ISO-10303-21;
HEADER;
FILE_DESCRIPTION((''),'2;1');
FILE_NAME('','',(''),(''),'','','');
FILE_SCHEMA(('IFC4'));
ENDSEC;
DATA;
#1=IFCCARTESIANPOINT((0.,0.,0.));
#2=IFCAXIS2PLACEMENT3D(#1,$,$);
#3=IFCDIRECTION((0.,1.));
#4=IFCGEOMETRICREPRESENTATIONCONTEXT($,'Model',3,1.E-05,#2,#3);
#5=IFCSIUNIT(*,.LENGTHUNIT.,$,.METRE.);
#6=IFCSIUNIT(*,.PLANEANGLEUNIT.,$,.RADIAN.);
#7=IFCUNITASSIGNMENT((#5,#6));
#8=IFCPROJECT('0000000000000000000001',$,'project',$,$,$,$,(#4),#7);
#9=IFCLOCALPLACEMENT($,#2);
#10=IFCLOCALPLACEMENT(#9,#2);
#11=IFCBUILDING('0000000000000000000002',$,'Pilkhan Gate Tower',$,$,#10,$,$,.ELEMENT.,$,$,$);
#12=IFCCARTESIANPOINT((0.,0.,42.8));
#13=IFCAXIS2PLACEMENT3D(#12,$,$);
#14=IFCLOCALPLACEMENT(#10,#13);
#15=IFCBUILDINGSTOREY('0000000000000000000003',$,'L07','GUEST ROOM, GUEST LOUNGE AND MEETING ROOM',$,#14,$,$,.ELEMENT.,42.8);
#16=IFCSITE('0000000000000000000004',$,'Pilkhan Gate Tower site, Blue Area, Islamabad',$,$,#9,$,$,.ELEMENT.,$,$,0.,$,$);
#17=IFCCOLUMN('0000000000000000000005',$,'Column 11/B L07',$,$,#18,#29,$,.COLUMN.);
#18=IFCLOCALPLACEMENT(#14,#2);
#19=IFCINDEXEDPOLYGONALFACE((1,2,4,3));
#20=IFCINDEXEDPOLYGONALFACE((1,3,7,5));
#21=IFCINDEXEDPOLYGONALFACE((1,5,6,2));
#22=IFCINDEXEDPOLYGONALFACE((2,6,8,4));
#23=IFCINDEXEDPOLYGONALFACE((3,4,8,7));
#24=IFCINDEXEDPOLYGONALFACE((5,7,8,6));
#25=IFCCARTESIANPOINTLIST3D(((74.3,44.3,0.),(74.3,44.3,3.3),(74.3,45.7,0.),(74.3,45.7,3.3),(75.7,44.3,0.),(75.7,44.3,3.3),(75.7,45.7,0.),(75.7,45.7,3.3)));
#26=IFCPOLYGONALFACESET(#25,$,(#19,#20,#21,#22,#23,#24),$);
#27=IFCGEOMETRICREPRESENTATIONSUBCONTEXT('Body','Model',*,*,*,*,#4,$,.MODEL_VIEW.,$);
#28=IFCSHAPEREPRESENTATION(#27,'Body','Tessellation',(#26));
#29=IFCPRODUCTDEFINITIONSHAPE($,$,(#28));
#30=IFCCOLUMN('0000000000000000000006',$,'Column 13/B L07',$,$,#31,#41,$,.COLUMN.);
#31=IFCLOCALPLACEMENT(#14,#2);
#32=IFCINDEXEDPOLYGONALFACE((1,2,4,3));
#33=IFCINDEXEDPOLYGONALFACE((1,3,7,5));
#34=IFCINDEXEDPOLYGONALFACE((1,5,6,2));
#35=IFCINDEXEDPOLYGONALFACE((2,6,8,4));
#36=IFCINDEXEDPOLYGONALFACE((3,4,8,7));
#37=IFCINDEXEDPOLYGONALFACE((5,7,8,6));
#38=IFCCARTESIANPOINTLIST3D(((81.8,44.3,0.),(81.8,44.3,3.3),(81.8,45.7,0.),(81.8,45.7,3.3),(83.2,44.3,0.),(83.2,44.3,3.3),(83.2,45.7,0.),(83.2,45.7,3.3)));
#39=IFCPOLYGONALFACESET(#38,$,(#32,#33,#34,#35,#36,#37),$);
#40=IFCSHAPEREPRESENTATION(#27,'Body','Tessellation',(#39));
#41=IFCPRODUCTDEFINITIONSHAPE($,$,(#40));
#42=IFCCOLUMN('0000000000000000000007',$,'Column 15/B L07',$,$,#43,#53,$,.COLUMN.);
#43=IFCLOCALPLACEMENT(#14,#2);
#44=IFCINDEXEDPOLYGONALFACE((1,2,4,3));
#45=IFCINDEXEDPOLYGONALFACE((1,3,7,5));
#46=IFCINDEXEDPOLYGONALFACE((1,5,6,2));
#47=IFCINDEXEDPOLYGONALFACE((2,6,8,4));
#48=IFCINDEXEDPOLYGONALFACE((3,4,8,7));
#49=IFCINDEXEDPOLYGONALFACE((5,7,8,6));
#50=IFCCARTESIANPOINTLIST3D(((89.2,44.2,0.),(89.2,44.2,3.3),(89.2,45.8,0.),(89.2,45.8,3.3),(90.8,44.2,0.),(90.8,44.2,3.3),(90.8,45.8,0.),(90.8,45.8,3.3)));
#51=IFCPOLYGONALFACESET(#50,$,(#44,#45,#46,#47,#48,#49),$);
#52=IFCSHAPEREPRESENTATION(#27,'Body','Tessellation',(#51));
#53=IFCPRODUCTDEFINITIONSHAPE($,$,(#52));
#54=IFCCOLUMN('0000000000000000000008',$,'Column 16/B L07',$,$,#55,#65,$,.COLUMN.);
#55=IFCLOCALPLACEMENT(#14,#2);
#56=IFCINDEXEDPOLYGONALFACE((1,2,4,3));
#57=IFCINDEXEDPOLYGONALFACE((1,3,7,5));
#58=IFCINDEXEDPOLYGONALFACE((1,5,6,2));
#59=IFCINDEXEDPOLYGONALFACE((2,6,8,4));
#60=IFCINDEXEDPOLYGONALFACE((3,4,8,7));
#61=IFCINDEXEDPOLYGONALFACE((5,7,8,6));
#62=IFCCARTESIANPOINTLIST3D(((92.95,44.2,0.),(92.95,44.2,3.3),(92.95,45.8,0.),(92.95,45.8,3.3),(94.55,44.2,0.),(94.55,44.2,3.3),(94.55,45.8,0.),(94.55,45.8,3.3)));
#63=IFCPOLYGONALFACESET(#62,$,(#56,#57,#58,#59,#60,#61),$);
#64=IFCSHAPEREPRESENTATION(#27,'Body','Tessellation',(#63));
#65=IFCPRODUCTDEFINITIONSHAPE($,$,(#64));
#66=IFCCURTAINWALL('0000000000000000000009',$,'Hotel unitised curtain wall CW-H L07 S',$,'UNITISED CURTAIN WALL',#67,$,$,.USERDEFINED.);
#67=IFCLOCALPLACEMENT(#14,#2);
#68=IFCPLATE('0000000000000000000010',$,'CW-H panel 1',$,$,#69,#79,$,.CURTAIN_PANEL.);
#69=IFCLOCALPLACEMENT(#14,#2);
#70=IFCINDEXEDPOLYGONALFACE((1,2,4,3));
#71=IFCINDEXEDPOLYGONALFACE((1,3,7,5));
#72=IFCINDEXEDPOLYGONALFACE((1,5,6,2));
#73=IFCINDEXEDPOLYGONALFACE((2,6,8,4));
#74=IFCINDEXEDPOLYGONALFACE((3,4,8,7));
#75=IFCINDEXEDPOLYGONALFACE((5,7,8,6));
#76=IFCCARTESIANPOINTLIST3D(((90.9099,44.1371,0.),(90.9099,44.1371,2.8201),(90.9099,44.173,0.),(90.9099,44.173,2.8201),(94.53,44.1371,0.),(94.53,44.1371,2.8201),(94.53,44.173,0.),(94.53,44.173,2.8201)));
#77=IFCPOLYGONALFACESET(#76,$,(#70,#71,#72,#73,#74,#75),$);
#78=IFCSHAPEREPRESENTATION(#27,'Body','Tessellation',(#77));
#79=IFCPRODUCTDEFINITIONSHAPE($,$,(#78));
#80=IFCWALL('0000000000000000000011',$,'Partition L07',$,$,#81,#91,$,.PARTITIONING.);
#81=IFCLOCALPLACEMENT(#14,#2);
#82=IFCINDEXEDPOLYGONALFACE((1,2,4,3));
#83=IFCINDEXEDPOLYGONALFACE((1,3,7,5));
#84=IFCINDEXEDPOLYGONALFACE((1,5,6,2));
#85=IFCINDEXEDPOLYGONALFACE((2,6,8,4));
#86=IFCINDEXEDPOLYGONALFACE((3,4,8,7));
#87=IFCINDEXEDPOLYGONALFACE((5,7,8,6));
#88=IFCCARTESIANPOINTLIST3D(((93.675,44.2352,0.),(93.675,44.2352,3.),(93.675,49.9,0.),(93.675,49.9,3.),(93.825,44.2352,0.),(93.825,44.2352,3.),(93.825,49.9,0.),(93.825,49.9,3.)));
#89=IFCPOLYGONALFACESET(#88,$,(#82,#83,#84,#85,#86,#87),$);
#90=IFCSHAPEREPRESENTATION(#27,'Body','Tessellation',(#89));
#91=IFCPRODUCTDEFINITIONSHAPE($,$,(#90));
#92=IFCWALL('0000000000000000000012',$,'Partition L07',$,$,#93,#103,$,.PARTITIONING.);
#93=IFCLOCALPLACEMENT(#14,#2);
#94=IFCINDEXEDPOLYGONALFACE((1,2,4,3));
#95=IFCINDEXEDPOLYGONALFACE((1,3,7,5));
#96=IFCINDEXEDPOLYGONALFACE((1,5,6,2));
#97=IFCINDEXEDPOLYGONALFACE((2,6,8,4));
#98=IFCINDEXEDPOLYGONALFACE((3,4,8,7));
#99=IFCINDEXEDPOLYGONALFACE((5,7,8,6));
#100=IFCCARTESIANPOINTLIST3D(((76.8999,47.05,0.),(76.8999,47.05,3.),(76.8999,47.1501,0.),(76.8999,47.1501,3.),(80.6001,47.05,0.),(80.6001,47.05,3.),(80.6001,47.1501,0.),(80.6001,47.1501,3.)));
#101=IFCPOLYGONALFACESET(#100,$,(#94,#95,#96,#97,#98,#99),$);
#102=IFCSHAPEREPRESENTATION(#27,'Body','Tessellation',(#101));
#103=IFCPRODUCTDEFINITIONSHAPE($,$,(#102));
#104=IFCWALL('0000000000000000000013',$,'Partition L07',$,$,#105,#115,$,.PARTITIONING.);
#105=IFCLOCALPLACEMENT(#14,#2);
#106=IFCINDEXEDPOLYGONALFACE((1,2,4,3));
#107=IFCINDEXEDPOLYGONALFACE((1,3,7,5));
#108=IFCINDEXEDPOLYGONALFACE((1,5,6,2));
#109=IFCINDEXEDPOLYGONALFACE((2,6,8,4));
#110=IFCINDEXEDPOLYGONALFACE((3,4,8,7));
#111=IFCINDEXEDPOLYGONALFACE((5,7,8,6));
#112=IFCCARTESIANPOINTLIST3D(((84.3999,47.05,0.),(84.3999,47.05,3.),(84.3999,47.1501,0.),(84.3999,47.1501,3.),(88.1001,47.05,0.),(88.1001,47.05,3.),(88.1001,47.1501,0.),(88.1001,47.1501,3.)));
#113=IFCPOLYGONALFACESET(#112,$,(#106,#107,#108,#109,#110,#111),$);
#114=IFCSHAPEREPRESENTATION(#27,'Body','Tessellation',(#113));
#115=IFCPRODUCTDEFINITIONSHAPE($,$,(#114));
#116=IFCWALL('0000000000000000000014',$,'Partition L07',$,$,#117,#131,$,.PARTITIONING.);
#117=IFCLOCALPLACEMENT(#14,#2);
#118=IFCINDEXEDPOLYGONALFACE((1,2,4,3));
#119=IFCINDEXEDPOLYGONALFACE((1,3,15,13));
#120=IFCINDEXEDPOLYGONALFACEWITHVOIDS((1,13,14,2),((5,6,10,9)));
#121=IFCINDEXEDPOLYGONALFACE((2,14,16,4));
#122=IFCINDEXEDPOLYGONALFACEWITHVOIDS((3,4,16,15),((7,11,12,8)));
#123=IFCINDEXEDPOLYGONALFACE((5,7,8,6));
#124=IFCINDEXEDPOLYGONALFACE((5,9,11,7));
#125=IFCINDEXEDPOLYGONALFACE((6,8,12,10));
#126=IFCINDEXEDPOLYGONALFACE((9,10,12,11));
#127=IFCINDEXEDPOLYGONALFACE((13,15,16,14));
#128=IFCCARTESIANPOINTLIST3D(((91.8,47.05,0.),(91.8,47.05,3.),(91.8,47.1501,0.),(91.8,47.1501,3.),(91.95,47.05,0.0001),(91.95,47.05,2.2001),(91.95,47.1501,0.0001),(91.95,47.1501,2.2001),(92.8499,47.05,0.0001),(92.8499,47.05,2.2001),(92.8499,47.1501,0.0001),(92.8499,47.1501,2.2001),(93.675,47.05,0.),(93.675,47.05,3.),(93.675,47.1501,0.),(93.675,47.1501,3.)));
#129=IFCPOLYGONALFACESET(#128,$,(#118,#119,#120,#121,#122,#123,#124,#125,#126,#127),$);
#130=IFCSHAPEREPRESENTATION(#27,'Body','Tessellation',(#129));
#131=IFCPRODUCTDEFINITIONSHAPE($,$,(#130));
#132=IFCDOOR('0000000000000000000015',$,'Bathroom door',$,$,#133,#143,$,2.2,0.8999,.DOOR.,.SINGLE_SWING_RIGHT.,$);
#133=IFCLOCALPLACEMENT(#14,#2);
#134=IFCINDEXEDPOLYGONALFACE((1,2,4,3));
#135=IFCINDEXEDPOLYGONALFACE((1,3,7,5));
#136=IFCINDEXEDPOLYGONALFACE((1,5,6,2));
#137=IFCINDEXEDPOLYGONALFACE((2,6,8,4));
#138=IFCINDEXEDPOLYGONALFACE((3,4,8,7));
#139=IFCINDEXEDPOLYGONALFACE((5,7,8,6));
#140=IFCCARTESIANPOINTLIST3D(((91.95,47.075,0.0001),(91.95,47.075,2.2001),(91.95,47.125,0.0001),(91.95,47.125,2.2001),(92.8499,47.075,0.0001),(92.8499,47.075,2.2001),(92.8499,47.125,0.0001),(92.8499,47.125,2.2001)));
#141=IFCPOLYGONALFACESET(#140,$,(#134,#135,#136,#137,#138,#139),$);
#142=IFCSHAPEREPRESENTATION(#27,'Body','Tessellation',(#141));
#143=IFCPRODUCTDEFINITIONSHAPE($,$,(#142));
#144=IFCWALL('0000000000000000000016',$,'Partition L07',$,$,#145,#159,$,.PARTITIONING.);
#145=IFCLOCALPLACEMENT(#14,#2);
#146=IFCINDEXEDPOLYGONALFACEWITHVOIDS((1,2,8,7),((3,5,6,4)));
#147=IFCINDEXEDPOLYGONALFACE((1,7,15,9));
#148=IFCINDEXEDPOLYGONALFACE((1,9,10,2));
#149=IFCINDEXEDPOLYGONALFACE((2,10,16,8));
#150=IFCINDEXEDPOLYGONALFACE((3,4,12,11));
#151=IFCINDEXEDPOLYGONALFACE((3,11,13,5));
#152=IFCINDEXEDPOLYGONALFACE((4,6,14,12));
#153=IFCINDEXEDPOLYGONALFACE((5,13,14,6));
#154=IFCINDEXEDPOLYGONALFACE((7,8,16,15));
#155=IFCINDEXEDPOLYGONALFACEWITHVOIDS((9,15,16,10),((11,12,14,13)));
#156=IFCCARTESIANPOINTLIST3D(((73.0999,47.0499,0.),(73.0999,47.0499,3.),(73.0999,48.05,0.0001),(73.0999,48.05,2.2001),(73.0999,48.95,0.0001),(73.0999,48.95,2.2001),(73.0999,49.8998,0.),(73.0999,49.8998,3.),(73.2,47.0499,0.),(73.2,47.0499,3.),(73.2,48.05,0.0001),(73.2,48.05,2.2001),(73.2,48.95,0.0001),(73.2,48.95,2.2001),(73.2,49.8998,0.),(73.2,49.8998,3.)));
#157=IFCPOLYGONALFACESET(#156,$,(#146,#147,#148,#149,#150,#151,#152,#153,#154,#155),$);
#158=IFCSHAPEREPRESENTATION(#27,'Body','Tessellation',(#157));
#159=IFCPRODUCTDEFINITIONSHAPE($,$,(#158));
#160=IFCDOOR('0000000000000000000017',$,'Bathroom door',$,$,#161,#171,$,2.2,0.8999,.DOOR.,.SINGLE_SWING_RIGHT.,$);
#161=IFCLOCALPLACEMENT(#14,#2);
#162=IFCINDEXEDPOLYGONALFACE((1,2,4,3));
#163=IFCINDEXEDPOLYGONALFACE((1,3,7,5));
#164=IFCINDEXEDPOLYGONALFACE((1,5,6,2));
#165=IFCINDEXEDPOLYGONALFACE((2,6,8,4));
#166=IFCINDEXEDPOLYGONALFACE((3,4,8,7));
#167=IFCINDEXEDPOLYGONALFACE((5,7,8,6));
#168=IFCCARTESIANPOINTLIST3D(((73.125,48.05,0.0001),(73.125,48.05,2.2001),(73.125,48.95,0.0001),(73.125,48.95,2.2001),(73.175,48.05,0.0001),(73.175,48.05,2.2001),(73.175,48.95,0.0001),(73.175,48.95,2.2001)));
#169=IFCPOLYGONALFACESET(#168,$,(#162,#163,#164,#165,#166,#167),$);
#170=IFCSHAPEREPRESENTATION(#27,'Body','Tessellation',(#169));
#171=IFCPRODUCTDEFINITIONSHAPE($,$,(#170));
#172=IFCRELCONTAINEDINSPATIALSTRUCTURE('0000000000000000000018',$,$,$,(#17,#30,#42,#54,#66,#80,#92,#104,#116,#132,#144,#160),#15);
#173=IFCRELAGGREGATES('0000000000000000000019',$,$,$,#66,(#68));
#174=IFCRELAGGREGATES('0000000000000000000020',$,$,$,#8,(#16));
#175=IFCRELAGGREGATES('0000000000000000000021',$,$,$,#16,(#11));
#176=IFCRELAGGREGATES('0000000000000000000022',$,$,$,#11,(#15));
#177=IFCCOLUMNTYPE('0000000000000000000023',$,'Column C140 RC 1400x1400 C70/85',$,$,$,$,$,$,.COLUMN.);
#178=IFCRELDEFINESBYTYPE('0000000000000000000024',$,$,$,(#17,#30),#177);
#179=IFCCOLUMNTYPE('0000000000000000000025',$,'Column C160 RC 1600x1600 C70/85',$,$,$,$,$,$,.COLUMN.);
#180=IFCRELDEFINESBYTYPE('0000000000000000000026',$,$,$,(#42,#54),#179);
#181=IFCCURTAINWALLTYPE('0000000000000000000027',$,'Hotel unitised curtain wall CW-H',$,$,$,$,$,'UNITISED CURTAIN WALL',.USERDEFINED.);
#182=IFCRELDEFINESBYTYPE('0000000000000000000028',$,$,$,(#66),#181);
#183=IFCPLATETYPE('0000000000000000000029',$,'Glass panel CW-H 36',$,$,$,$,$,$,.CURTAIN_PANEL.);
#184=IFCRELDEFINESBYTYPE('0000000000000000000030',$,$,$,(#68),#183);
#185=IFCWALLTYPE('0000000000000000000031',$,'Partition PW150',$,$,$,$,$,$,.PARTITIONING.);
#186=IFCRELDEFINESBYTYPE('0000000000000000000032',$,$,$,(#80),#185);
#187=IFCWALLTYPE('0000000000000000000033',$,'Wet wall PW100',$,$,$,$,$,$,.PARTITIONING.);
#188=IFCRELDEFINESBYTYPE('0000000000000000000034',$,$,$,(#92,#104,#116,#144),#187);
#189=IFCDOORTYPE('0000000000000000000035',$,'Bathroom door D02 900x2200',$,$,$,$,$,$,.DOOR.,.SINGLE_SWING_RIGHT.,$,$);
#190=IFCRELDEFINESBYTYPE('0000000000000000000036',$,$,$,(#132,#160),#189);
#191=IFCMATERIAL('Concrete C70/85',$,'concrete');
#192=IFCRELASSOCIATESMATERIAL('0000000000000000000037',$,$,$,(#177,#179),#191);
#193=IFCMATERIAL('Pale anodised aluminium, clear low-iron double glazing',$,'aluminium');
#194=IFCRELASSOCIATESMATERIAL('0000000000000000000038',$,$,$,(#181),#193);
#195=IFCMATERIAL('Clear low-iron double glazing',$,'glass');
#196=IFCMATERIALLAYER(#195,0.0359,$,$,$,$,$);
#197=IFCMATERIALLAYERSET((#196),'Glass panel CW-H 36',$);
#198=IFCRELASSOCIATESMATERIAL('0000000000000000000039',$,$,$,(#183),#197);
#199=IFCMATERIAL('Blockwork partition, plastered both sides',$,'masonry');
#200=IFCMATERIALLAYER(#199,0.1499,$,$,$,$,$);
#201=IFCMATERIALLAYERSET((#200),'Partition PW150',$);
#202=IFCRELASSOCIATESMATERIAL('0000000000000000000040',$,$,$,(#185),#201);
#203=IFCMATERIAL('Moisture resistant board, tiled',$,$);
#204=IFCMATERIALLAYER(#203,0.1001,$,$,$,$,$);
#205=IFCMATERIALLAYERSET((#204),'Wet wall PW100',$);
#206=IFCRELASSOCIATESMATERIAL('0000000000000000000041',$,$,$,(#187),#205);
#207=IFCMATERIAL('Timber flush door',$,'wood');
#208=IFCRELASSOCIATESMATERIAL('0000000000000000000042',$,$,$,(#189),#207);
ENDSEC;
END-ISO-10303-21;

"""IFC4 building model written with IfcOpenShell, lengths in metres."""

from ifc_helpers import new_model, si_unit, direction, frame, frame_2d, origin, origin_2d, place, context, subcontext, project, spatial, rectangle, extrude, material, layer, layer_set, material_profile, profile_set, type_object, element, fill, aggregate, save


model = new_model("IFC4")

# Units and contexts
model_context = context("Model", 3, precision=1e-05, world=origin(), true_north=direction((0.0, 1.0)))
body_context = subcontext(model_context, "Body", "Model", "MODEL_VIEW")
ifc_project = project(units=[si_unit("LENGTHUNIT", "METRE"), si_unit("PLANEANGLEUNIT", "RADIAN")], contexts=[model_context])

# Site, building, storey
site_placement = place(None, origin())
site = spatial("IfcSite", under=ifc_project, at=site_placement, Name="Pilkhan Gate Tower site, Blue Area, Islamabad", CompositionType="ELEMENT", RefElevation=0.0)
building_placement = place(site_placement, origin())
building = spatial("IfcBuilding", under=site, at=building_placement, Name="Pilkhan Gate Tower", CompositionType="ELEMENT")
storey_placement = place(building_placement, frame((0.0, 0.0, 42.8)))
storey = spatial("IfcBuildingStorey", under=building, at=storey_placement, Name="L07", Description="GUEST ROOM, GUEST LOUNGE AND MEETING ROOM", CompositionType="ELEMENT", Elevation=42.8)

# Columns
ifc_material_1 = material(Name="Concrete C70/85", Category="concrete")
ifc_material_profile_1 = material_profile(ifc_material_1, rectangle(XDim=1.3999, YDim=1.3999, at=origin_2d()), Name="RC 1400x1400")
ifc_profile_set_1 = profile_set([ifc_material_profile_1], Name="Concrete C70/85")
column_type_1 = type_object("IfcColumnType", Name="Column C140 RC 1400x1400 C70/85", PredefinedType="COLUMN", material=ifc_profile_set_1)
for number, where, z_axis, x_axis, name in (
    (1, (75.0, 45.0, 0.0), (0.0, 0.0, 1.0), (1.0, 0.0, 0.0), "Column 11/B L07"),
    (2, (82.5, 45.0, 0.0), (0.0, 0.0, 1.0), (1.0, 0.0, 0.0), "Column 13/B L07"),
):
    element("IfcColumn", number, at=place(storey_placement, frame(where, z_axis=z_axis, x_axis=x_axis)), inside=storey, type_object=column_type_1, Name=name, PredefinedType="COLUMN", context=body_context, shape_type="SweptSolid", body=[
        extrude(rectangle(XDim=1.3999, YDim=1.3999, at=origin_2d()), origin(), (0.0, 0.0, 1.0), 3.3),
    ])
ifc_material_profile_2 = material_profile(ifc_material_1, rectangle(XDim=1.6001, YDim=1.6001, at=origin_2d()), Name="RC 1600x1600")
ifc_profile_set_2 = profile_set([ifc_material_profile_2], Name="Concrete C70/85")
column_type_2 = type_object("IfcColumnType", Name="Column C160 RC 1600x1600 C70/85", PredefinedType="COLUMN", material=ifc_profile_set_2)
for number, where, z_axis, x_axis, name in (
    (3, (90.0, 45.0, 0.0), (0.0, 0.0, 1.0), (1.0, 0.0, 0.0), "Column 15/B L07"),
    (4, (93.75, 45.0, 0.0), (0.0, 0.0, 1.0), (1.0, 0.0, 0.0), "Column 16/B L07"),
):
    element("IfcColumn", number, at=place(storey_placement, frame(where, z_axis=z_axis, x_axis=x_axis)), inside=storey, type_object=column_type_2, Name=name, PredefinedType="COLUMN", context=body_context, shape_type="SweptSolid", body=[
        extrude(rectangle(XDim=1.6001, YDim=1.6001, at=origin_2d()), origin(), (0.0, 0.0, 1.0), 3.3),
    ])

# Curtain wall, plate
ifc_material_2 = material(Name="Pale anodised aluminium, clear low-iron double glazing", Category="aluminium")
curtain_wall_type = type_object("IfcCurtainWallType", Name="Hotel unitised curtain wall CW-H", ElementType="UNITISED CURTAIN WALL", PredefinedType="USERDEFINED", material=ifc_material_2)
curtain_wall_placement = place(storey_placement, origin())
curtain_wall = element("IfcCurtainWall", 5, at=curtain_wall_placement, inside=storey, type_object=curtain_wall_type, Name="Hotel unitised curtain wall CW-H L07 S", ObjectType="UNITISED CURTAIN WALL", PredefinedType="USERDEFINED")
ifc_material_3 = material(Name="Clear low-iron double glazing", Category="glass")
ifc_layer_1 = layer(ifc_material_3, 0.0359)
ifc_layer_set_1 = layer_set([ifc_layer_1], Name="Glass panel CW-H 36")
plate_type = type_object("IfcPlateType", Name="Glass panel CW-H 36", PredefinedType="CURTAIN_PANEL", material=ifc_layer_set_1)
plate_placement = place(storey_placement, frame((92.72, 44.155, 0.0), z_axis=(0.0, 0.0, 1.0), x_axis=(1.0, 0.0, 0.0)))
plate = element("IfcPlate", 6, at=plate_placement, type_object=plate_type, Name="CW-H panel 1", PredefinedType="CURTAIN_PANEL", context=body_context, shape_type="SweptSolid", body=[
    extrude(rectangle(XDim=3.6201, YDim=0.0359, at=origin_2d()), origin(), (0.0, 0.0, 1.0), 2.8201),
])
aggregate(curtain_wall, [plate])

# Walls
ifc_material_4 = material(Name="Blockwork partition, plastered both sides", Category="masonry")
ifc_layer_2 = layer(ifc_material_4, 0.1499)
ifc_layer_set_2 = layer_set([ifc_layer_2], Name="Partition PW150")
wall_type_1 = type_object("IfcWallType", Name="Partition PW150", PredefinedType="PARTITIONING", material=ifc_layer_set_2)
wall_1_placement = place(storey_placement, frame((93.75, 44.2351, 0.0), z_axis=(0.0, 0.0, 1.0), x_axis=(0.0, 1.0, 0.0)))
element("IfcWall", 7, at=wall_1_placement, inside=storey, type_object=wall_type_1, Name="Partition L07", PredefinedType="PARTITIONING", context=body_context, shape_type="SweptSolid", body=[
    extrude(rectangle(XDim=5.6648, YDim=0.1499, at=frame_2d((2.8325, 0.0))), origin(), (0.0, 0.0, 1.0), 3.0),
])
ifc_material_5 = material(Name="Moisture resistant board, tiled")
ifc_layer_3 = layer(ifc_material_5, 0.1001)
ifc_layer_set_3 = layer_set([ifc_layer_3], Name="Wet wall PW100")
wall_type_2 = type_object("IfcWallType", Name="Wet wall PW100", PredefinedType="PARTITIONING", material=ifc_layer_set_3)
for number, where, z_axis, x_axis, name in (
    (8, (76.8999, 47.1001, 0.0), (0.0, 0.0, 1.0), (1.0, 0.0, 0.0), "Partition L07"),
    (9, (84.3999, 47.1001, 0.0), (0.0, 0.0, 1.0), (1.0, 0.0, 0.0), "Partition L07"),
):
    element("IfcWall", number, at=place(storey_placement, frame(where, z_axis=z_axis, x_axis=x_axis)), inside=storey, type_object=wall_type_2, Name=name, PredefinedType="PARTITIONING", context=body_context, shape_type="SweptSolid", body=[
        extrude(rectangle(XDim=3.7002, YDim=0.1001, at=frame_2d((1.8501, 0.0))), origin(), (0.0, 0.0, 1.0), 3.0),
    ])

# Walls, openings, doors
wall_2_placement = place(storey_placement, frame((91.8, 47.1001, 0.0), z_axis=(0.0, 0.0, 1.0), x_axis=(1.0, 0.0, 0.0)))
wall_2 = element("IfcWall", 10, at=wall_2_placement, inside=storey, type_object=wall_type_2, Name="Partition L07", PredefinedType="PARTITIONING", context=body_context, shape_type="SweptSolid", body=[
    extrude(rectangle(XDim=1.875, YDim=0.1001, at=frame_2d((0.9375, 0.0))), origin(), (0.0, 0.0, 1.0), 3.0),
])
opening_1_placement = place(wall_2_placement, frame((0.1499, 0.0, 0.0)))
opening_1 = element("IfcOpeningElement", 11, at=opening_1_placement, cuts=wall_2, PredefinedType="OPENING", context=body_context, shape_type="SweptSolid", body=[
    extrude(rectangle(XDim=0.8999, YDim=2.2, at=frame_2d((0.45, 1.1001))), frame((0.0, 0.0601, 0.0), z_axis=(0.0, -1.0, 0.0), x_axis=(1.0, 0.0, 0.0)), (0.0, 0.0, 1.0), 0.1201),
])
ifc_material_6 = material(Name="Timber flush door", Category="wood")
door_type = type_object("IfcDoorType", Name="Bathroom door D02 900x2200", OperationType="SINGLE_SWING_RIGHT", PredefinedType="DOOR", material=ifc_material_6)
door_1_placement = place(opening_1_placement, origin())
door_1 = element("IfcDoor", 12, at=door_1_placement, inside=storey, type_object=door_type, Name="Bathroom door", OperationType="SINGLE_SWING_RIGHT", OverallHeight=2.2, OverallWidth=0.8999, PredefinedType="DOOR", context=body_context, shape_type="SweptSolid", body=[
    extrude(rectangle(XDim=0.8999, YDim=2.2, at=frame_2d((0.45, 1.1001))), frame((0.0, 0.0249, 0.0), z_axis=(0.0, -1.0, 0.0), x_axis=(1.0, 0.0, 0.0)), (0.0, 0.0, 1.0), 0.05),
])
fill(opening_1, door_1)
wall_3_placement = place(storey_placement, frame((73.1499, 47.05, 0.0), z_axis=(0.0, 0.0, 1.0), x_axis=(0.0, 1.0, 0.0)))
wall_3 = element("IfcWall", 13, at=wall_3_placement, inside=storey, type_object=wall_type_2, Name="Partition L07", PredefinedType="PARTITIONING", context=body_context, shape_type="SweptSolid", body=[
    extrude(rectangle(XDim=2.8499, YDim=0.1001, at=frame_2d((1.4248, 0.0))), origin(), (0.0, 0.0, 1.0), 3.0),
])
opening_2_placement = place(wall_3_placement, frame((1.0, 0.0, 0.0)))
opening_2 = element("IfcOpeningElement", 14, at=opening_2_placement, cuts=wall_3, PredefinedType="OPENING", context=body_context, shape_type="SweptSolid", body=[
    extrude(rectangle(XDim=0.8999, YDim=2.2, at=frame_2d((0.45, 1.1001))), frame((0.0, 0.0601, 0.0), z_axis=(0.0, -1.0, 0.0), x_axis=(1.0, 0.0, 0.0)), (0.0, 0.0, 1.0), 0.1201),
])
door_2_placement = place(opening_2_placement, origin())
door_2 = element("IfcDoor", 15, at=door_2_placement, inside=storey, type_object=door_type, Name="Bathroom door", OperationType="SINGLE_SWING_RIGHT", OverallHeight=2.2, OverallWidth=0.8999, PredefinedType="DOOR", context=body_context, shape_type="SweptSolid", body=[
    extrude(rectangle(XDim=0.8999, YDim=2.2, at=frame_2d((0.45, 1.1001))), frame((0.0, 0.0249, 0.0), z_axis=(0.0, -1.0, 0.0), x_axis=(1.0, 0.0, 0.0)), (0.0, 0.0, 1.0), 0.05),
])
fill(opening_2, door_2)

save(model, "model.ifc")
